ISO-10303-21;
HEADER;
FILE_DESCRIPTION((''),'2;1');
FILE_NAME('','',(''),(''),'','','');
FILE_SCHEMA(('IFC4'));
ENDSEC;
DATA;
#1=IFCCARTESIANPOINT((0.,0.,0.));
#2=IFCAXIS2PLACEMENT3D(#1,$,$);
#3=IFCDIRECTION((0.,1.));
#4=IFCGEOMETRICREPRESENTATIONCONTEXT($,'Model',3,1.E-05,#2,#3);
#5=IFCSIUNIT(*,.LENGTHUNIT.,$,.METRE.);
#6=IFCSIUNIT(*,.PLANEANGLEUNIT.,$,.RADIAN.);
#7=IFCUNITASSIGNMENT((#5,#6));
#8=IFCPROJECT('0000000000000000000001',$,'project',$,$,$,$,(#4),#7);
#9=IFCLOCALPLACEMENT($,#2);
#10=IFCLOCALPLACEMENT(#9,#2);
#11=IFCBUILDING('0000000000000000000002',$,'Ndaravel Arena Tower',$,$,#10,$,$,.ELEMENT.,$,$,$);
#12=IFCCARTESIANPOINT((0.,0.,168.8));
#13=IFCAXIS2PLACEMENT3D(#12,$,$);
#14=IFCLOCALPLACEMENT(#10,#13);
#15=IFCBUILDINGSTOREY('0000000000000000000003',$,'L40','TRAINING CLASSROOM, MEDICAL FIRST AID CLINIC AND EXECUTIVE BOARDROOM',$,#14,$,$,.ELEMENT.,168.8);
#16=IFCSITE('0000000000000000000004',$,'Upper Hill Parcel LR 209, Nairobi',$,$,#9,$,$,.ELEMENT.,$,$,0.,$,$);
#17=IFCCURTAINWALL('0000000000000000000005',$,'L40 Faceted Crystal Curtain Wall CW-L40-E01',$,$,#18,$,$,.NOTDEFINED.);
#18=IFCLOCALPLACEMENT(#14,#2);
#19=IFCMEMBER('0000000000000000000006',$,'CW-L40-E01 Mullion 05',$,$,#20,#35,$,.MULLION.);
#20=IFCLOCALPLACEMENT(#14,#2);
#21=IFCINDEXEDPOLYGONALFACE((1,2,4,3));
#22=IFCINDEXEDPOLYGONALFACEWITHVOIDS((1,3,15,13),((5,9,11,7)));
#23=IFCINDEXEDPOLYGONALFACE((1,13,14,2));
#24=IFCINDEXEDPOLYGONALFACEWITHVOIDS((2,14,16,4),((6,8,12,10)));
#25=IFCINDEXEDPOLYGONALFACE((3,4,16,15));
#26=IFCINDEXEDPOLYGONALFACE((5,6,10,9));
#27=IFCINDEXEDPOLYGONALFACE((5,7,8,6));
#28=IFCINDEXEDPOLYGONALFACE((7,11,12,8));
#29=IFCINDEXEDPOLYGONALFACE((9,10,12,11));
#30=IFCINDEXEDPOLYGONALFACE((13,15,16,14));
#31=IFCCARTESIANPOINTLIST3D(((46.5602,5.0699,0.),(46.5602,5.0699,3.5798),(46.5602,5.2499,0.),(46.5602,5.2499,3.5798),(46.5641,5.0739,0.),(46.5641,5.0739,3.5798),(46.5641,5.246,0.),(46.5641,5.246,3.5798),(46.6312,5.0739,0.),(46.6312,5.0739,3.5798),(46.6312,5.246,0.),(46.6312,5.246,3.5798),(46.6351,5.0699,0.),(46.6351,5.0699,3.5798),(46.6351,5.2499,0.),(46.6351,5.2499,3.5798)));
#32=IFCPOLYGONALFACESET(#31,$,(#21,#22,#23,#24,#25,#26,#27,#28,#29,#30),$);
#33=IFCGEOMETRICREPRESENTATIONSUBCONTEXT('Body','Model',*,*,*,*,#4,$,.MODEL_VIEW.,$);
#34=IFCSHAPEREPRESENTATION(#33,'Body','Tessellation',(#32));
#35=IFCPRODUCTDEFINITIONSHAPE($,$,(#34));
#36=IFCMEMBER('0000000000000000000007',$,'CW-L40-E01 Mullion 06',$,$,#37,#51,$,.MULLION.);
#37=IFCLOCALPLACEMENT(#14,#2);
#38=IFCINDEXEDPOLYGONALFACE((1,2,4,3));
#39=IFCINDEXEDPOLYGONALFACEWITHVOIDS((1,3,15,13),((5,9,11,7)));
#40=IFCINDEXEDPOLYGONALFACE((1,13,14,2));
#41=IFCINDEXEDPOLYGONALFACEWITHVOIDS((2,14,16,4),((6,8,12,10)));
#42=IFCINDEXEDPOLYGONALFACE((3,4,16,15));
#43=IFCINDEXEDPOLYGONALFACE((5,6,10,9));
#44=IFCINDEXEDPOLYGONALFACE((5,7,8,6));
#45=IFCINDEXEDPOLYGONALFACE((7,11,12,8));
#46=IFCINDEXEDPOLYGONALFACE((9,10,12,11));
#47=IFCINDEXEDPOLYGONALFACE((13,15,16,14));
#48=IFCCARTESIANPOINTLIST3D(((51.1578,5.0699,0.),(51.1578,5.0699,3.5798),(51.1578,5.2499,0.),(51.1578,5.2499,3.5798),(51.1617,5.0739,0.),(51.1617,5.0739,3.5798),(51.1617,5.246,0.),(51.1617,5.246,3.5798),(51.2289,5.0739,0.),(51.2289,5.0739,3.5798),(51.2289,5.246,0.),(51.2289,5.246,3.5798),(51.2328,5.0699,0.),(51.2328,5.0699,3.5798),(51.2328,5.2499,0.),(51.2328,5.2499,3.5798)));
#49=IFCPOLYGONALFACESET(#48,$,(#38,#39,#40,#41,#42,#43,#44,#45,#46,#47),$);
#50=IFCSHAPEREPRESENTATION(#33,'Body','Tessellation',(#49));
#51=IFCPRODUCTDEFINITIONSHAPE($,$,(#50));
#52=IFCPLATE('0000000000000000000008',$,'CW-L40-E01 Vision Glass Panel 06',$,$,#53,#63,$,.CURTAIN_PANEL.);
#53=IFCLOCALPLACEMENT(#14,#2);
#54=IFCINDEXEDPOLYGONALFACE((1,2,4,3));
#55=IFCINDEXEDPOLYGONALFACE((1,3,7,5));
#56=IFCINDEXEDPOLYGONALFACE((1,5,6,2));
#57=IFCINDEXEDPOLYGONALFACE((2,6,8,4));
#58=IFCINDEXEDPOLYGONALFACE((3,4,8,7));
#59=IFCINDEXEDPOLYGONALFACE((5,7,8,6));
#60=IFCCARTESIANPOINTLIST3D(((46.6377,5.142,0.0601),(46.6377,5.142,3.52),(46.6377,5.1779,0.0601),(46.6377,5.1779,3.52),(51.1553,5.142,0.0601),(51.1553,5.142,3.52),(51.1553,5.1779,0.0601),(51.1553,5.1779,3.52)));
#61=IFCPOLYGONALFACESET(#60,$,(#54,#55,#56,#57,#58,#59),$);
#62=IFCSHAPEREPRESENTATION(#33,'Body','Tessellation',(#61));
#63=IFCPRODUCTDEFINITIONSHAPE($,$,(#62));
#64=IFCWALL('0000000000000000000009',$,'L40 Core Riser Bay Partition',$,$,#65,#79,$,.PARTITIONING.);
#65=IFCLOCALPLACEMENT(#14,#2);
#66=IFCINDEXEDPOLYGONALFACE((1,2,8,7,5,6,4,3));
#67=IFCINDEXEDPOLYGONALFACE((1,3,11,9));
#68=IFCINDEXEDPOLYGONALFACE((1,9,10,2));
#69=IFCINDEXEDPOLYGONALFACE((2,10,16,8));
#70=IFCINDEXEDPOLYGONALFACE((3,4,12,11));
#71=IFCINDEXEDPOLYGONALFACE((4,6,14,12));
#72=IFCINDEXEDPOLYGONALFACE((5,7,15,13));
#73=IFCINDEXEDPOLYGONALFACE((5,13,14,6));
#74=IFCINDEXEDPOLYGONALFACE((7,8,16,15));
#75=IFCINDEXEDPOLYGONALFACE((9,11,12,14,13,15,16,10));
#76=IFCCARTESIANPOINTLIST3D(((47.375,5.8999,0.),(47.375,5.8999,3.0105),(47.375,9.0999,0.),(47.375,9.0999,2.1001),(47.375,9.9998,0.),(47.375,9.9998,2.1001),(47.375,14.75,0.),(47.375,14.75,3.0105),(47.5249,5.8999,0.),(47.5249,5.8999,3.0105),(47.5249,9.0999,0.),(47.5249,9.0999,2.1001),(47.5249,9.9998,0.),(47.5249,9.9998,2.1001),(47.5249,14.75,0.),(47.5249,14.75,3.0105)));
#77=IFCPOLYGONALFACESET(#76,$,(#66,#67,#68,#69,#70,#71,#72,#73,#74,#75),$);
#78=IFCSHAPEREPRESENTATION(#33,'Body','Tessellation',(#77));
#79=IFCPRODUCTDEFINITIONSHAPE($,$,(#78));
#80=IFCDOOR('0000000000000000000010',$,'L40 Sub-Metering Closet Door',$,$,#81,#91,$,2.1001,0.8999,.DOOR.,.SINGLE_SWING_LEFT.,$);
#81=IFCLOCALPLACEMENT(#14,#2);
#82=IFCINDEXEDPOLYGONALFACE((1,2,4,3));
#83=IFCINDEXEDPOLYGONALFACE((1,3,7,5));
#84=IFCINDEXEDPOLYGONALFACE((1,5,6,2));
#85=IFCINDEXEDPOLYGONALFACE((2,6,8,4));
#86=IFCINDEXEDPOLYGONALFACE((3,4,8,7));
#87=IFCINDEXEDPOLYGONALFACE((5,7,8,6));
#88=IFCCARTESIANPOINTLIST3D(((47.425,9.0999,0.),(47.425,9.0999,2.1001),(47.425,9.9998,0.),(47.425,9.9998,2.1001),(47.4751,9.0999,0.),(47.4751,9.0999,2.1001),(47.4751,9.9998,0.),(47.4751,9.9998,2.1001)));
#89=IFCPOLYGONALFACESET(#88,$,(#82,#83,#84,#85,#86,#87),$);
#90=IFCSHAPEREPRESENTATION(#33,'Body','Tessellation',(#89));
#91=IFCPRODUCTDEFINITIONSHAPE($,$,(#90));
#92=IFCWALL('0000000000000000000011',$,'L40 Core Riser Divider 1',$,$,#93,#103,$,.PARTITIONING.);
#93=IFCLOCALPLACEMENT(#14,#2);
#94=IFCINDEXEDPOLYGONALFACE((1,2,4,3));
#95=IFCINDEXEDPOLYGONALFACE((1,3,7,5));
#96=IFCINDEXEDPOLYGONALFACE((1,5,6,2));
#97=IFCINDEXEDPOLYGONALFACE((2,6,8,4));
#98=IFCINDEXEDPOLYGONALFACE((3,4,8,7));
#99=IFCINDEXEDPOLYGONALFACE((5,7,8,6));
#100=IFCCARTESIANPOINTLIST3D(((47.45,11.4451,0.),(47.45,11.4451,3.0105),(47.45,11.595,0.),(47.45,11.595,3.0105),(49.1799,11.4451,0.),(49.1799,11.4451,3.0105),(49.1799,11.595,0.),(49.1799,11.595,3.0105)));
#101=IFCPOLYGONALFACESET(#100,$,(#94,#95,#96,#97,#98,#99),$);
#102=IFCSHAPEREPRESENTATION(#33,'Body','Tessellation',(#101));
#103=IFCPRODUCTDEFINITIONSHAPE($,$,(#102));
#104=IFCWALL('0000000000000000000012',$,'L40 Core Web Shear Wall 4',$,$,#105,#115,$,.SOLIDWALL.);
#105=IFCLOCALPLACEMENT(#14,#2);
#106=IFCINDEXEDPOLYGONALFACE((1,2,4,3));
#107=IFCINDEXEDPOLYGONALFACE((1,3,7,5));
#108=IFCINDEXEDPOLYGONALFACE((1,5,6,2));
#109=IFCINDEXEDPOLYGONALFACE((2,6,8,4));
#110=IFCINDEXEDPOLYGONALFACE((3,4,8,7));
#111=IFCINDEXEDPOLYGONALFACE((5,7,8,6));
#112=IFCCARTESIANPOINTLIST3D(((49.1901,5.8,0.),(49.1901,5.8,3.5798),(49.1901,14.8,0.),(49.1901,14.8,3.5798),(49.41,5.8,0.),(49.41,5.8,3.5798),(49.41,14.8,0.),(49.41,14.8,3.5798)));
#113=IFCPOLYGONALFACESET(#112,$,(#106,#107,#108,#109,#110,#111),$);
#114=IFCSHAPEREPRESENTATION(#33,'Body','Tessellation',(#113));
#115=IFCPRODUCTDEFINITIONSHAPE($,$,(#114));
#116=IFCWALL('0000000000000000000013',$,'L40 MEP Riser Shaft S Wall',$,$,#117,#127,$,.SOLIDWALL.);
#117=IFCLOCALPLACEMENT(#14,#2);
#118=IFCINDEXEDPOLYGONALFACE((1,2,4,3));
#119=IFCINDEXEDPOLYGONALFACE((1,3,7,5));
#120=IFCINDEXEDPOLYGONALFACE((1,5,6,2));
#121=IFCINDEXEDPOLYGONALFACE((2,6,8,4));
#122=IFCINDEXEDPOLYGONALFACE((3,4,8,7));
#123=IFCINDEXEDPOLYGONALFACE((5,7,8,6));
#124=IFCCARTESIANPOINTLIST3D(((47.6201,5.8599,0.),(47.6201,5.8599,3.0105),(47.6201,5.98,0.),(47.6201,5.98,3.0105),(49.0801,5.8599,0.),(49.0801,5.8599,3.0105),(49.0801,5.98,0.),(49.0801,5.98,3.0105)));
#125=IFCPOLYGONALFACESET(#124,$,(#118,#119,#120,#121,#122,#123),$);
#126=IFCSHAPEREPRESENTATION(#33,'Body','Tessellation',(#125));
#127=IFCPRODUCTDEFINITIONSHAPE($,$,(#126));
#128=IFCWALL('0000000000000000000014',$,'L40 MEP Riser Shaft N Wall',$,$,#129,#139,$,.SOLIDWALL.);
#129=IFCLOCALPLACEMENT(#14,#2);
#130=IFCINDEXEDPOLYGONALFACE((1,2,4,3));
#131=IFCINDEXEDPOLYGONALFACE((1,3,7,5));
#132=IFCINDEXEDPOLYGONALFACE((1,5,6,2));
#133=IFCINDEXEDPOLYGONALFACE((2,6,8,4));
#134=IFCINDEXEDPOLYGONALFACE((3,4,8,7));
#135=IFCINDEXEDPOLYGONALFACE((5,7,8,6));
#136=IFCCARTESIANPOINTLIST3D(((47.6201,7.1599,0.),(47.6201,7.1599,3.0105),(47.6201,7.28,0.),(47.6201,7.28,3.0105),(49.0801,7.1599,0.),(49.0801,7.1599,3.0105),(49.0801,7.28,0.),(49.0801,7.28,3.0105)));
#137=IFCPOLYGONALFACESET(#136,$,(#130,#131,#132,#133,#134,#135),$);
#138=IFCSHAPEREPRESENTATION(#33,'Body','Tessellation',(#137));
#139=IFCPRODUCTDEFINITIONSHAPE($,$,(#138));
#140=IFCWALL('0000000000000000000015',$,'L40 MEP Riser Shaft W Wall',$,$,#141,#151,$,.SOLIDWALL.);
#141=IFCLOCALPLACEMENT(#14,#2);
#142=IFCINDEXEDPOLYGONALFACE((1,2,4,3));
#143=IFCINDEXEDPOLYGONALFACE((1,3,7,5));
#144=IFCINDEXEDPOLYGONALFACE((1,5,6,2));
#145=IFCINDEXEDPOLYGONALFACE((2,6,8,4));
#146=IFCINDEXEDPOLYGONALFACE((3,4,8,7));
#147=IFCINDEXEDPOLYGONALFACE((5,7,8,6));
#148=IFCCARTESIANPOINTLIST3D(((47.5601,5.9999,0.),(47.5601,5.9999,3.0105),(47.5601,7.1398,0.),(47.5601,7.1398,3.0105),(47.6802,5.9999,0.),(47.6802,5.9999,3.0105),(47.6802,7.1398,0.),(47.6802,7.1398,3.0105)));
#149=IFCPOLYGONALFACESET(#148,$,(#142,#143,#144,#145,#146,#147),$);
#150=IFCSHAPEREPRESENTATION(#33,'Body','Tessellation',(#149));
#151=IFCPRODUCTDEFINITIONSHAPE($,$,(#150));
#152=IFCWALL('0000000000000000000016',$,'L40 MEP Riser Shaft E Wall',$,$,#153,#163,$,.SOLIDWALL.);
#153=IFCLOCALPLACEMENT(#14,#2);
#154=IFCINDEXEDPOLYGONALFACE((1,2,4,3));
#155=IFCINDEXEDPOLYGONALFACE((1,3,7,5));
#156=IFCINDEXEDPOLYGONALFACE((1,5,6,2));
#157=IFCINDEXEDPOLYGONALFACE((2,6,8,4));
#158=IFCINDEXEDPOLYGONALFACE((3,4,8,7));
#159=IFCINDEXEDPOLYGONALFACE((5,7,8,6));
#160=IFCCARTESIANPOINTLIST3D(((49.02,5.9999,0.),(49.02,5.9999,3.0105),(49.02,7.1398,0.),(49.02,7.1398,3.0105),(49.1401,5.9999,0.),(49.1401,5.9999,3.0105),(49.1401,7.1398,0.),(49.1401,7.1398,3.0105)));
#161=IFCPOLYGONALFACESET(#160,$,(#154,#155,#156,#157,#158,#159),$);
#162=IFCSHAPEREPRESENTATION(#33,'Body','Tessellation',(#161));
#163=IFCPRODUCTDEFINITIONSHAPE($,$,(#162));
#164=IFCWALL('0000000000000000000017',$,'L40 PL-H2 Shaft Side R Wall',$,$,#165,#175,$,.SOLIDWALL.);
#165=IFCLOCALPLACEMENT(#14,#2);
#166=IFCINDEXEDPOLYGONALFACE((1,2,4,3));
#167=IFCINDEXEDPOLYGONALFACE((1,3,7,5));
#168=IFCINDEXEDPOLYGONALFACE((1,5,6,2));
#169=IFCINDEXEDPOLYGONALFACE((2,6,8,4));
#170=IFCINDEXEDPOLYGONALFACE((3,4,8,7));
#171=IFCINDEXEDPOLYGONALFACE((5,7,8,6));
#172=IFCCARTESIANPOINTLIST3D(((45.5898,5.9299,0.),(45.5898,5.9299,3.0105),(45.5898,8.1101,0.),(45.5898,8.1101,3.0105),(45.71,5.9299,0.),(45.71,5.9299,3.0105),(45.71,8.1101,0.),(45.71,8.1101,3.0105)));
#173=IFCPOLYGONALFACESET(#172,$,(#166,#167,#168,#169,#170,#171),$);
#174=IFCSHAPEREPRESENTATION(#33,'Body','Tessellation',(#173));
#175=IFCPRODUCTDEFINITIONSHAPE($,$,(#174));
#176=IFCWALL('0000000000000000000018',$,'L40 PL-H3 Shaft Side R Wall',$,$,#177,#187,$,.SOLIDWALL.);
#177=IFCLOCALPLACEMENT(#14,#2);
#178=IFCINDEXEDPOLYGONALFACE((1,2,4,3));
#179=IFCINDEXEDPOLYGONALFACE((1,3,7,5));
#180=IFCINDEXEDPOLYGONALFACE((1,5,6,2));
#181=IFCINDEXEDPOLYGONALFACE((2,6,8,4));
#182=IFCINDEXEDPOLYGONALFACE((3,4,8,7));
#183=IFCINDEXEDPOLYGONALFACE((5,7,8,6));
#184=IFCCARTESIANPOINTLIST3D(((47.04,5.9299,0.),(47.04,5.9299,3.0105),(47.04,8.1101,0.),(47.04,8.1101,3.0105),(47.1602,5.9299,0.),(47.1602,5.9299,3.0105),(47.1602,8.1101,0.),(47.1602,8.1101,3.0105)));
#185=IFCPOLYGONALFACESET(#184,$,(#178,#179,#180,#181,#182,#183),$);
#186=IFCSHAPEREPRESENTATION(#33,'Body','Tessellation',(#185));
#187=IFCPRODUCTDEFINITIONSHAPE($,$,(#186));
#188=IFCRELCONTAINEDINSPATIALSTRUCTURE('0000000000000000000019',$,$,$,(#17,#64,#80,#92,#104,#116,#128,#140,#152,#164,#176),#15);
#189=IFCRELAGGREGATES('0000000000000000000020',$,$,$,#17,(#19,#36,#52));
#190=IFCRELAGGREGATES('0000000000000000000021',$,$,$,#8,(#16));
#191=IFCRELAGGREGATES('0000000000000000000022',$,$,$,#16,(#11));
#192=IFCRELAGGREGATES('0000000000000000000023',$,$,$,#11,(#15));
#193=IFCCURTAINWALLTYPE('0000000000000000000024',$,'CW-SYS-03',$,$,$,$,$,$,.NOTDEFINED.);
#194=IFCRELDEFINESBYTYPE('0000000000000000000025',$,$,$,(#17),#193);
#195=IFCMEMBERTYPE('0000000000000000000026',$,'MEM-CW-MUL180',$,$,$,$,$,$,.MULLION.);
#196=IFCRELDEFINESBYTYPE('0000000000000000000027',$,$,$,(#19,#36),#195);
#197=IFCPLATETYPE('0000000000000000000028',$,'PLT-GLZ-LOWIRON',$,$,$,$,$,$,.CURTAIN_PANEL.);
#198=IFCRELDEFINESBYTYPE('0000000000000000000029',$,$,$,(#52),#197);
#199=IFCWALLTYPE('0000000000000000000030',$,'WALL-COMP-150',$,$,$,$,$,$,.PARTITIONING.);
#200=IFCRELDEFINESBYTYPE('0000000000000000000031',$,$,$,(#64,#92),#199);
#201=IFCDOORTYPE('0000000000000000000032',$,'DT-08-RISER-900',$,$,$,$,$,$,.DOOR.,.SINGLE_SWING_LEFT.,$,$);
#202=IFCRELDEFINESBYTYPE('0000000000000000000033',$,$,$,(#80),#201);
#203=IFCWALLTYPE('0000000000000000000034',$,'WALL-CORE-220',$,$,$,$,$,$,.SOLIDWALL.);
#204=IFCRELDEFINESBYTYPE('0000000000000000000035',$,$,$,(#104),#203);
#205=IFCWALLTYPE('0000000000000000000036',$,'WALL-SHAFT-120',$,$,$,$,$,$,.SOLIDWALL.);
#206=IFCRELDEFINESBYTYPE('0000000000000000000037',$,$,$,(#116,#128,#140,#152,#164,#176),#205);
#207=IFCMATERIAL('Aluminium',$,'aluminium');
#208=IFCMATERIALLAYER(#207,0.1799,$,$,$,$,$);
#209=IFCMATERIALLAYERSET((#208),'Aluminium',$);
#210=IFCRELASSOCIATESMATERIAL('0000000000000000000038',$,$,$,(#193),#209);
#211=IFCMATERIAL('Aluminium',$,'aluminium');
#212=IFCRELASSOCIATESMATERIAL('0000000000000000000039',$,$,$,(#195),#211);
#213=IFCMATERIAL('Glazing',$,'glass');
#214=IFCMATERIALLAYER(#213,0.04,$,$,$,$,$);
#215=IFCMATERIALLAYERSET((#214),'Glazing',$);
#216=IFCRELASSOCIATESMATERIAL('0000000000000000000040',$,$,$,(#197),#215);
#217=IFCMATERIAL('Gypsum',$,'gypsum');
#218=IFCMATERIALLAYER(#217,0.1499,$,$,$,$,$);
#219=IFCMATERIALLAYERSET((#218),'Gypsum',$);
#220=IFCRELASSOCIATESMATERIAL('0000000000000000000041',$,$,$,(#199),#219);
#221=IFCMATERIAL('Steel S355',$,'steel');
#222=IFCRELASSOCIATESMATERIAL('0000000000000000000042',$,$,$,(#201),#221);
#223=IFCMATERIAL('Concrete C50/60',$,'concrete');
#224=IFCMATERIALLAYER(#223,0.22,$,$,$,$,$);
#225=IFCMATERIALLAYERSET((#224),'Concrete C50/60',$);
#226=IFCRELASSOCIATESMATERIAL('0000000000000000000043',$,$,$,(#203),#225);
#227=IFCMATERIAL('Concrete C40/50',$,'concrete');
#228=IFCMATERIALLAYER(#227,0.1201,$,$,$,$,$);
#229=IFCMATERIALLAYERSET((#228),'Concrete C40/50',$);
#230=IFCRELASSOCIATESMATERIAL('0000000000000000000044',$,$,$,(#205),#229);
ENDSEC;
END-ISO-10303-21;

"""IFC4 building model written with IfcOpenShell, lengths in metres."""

from ifc_helpers import new_model, si_unit, direction, frame, frame_2d, origin, origin_2d, place, context, subcontext, project, spatial, rectangle, hollow_rectangle, extrude, material, layer, layer_set, material_profile, profile_set, type_object, element, fill, aggregate, save


model = new_model("IFC4")

# Units and contexts
model_context = context("Model", 3, precision=1e-05, world=origin(), true_north=direction((0.0, 1.0)))
body_context = subcontext(model_context, "Body", "Model", "MODEL_VIEW")
ifc_project = project(units=[si_unit("LENGTHUNIT", "METRE"), si_unit("PLANEANGLEUNIT", "RADIAN")], contexts=[model_context])

# Site, building, storey
site_placement = place(None, origin())
site = spatial("IfcSite", under=ifc_project, at=site_placement, Name="Upper Hill Parcel LR 209, Nairobi", CompositionType="ELEMENT", RefElevation=0.0)
building_placement = place(site_placement, origin())
building = spatial("IfcBuilding", under=site, at=building_placement, Name="Ndaravel Arena Tower", CompositionType="ELEMENT")
storey_placement = place(building_placement, frame((0.0, 0.0, 168.8)))
storey = spatial("IfcBuildingStorey", under=building, at=storey_placement, Name="L40", Description="TRAINING CLASSROOM, MEDICAL FIRST AID CLINIC AND EXECUTIVE BOARDROOM", CompositionType="ELEMENT", Elevation=168.8)

# Curtain wall, members, plate
ifc_material_1 = material(Name="Aluminium", Category="aluminium")
ifc_layer_1 = layer(ifc_material_1, 0.1799)
ifc_layer_set_1 = layer_set([ifc_layer_1], Name="Aluminium")
curtain_wall_type = type_object("IfcCurtainWallType", Name="CW-SYS-03", PredefinedType="NOTDEFINED", material=ifc_layer_set_1)
curtain_wall_placement = place(storey_placement, origin())
curtain_wall = element("IfcCurtainWall", 1, at=curtain_wall_placement, inside=storey, type_object=curtain_wall_type, Name="L40 Faceted Crystal Curtain Wall CW-L40-E01", PredefinedType="NOTDEFINED")
ifc_material_2 = material(Name="Aluminium", Category="aluminium")
ifc_material_profile = material_profile(ifc_material_2, hollow_rectangle(XDim=0.075, YDim=0.1799, WallThickness=0.0039, at=origin_2d()), Name="CW MULLION 75x180x4")
ifc_profile_set = profile_set([ifc_material_profile], Name="Aluminium")
member_type = type_object("IfcMemberType", Name="MEM-CW-MUL180", PredefinedType="MULLION", material=ifc_profile_set)
member_1_placement = place(storey_placement, frame((46.5977, 5.1599, 0.0), z_axis=(0.0, 0.0, 1.0), x_axis=(1.0, 0.0, 0.0)))
member_1 = element("IfcMember", 2, at=member_1_placement, type_object=member_type, Name="CW-L40-E01 Mullion 05", PredefinedType="MULLION", context=body_context, shape_type="SweptSolid", body=[
    extrude(hollow_rectangle(XDim=0.075, YDim=0.1799, WallThickness=0.0039, at=origin_2d()), origin(), (0.0, 0.0, 1.0), 3.5798),
])
member_2_placement = place(storey_placement, frame((51.1953, 5.1599, 0.0), z_axis=(0.0, 0.0, 1.0), x_axis=(1.0, 0.0, 0.0)))
member_2 = element("IfcMember", 3, at=member_2_placement, type_object=member_type, Name="CW-L40-E01 Mullion 06", PredefinedType="MULLION", context=body_context, shape_type="SweptSolid", body=[
    extrude(hollow_rectangle(XDim=0.075, YDim=0.1799, WallThickness=0.0039, at=origin_2d()), origin(), (0.0, 0.0, 1.0), 3.5798),
])
ifc_material_3 = material(Name="Glazing", Category="glass")
ifc_layer_2 = layer(ifc_material_3, 0.04)
ifc_layer_set_2 = layer_set([ifc_layer_2], Name="Glazing")
plate_type = type_object("IfcPlateType", Name="PLT-GLZ-LOWIRON", PredefinedType="CURTAIN_PANEL", material=ifc_layer_set_2)
plate_placement = place(storey_placement, frame((48.8965, 5.1599, 0.0601), z_axis=(0.0, 0.0, 1.0), x_axis=(1.0, 0.0, 0.0)))
plate = element("IfcPlate", 4, at=plate_placement, type_object=plate_type, Name="CW-L40-E01 Vision Glass Panel 06", PredefinedType="CURTAIN_PANEL", context=body_context, shape_type="SweptSolid", body=[
    extrude(rectangle(XDim=4.5176, YDim=0.0359, at=origin_2d()), origin(), (0.0, 0.0, 1.0), 3.46),
])
aggregate(curtain_wall, [member_1, member_2, plate])

# Wall, opening, door
ifc_material_4 = material(Name="Gypsum", Category="gypsum")
ifc_layer_3 = layer(ifc_material_4, 0.1499)
ifc_layer_set_3 = layer_set([ifc_layer_3], Name="Gypsum")
wall_type_1 = type_object("IfcWallType", Name="WALL-COMP-150", PredefinedType="PARTITIONING", material=ifc_layer_set_3)
wall_1_placement = place(storey_placement, frame((47.45, 5.8999, 0.0), z_axis=(0.0, 0.0, 1.0), x_axis=(0.0, 1.0, 0.0)))
wall_1 = element("IfcWall", 5, at=wall_1_placement, inside=storey, type_object=wall_type_1, Name="L40 Core Riser Bay Partition", PredefinedType="PARTITIONING", context=body_context, shape_type="SweptSolid", body=[
    extrude(rectangle(XDim=8.8501, YDim=0.1499, at=frame_2d((4.425, 0.0))), origin(), (0.0, 0.0, 1.0), 3.0105),
])
opening_1_placement = place(wall_1_placement, frame((3.2, 0.0, 0.0)))
opening_1 = element("IfcOpeningElement", 6, at=opening_1_placement, cuts=wall_1, PredefinedType="OPENING", context=body_context, shape_type="SweptSolid", body=[
    extrude(rectangle(XDim=0.8999, YDim=2.1001, at=frame_2d((0.45, 1.05))), frame((0.0, 0.075, 0.0), z_axis=(0.0, -1.0, 0.0), x_axis=(1.0, 0.0, 0.0)), (0.0, 0.0, 1.0), 0.1499),
])
ifc_material_5 = material(Name="Steel S355", Category="steel")
door_type_1 = type_object("IfcDoorType", Name="DT-08-RISER-900", OperationType="SINGLE_SWING_LEFT", PredefinedType="DOOR", material=ifc_material_5)
door_1_placement = place(opening_1_placement, origin())
door_1 = element("IfcDoor", 7, at=door_1_placement, inside=storey, type_object=door_type_1, Name="L40 Sub-Metering Closet Door", OperationType="SINGLE_SWING_LEFT", OverallHeight=2.1001, OverallWidth=0.8999, PredefinedType="DOOR", context=body_context, shape_type="SweptSolid", body=[
    extrude(rectangle(XDim=0.8999, YDim=2.1001, at=frame_2d((0.45, 1.05))), frame((0.0, 0.0249, 0.0), z_axis=(0.0, -1.0, 0.0), x_axis=(1.0, 0.0, 0.0)), (0.0, 0.0, 1.0), 0.05),
])
fill(opening_1, door_1)

# Walls
wall_2_placement = place(storey_placement, frame((47.45, 11.52, 0.0), z_axis=(0.0, 0.0, 1.0), x_axis=(1.0, 0.0, 0.0)))
element("IfcWall", 8, at=wall_2_placement, inside=storey, type_object=wall_type_1, Name="L40 Core Riser Divider 1", PredefinedType="PARTITIONING", context=body_context, shape_type="SweptSolid", body=[
    extrude(rectangle(XDim=1.73, YDim=0.1499, at=frame_2d((0.865, 0.0))), origin(), (0.0, 0.0, 1.0), 3.0105),
])
ifc_material_6 = material(Name="Concrete C50/60", Category="concrete")
ifc_layer_4 = layer(ifc_material_6, 0.22)
ifc_layer_set_4 = layer_set([ifc_layer_4], Name="Concrete C50/60")
wall_type_2 = type_object("IfcWallType", Name="WALL-CORE-220", PredefinedType="SOLIDWALL", material=ifc_layer_set_4)
wall_3_placement = place(storey_placement, frame((49.3, 5.8, 0.0), z_axis=(0.0, 0.0, 1.0), x_axis=(0.0, 1.0, 0.0)))
element("IfcWall", 9, at=wall_3_placement, inside=storey, type_object=wall_type_2, Name="L40 Core Web Shear Wall 4", PredefinedType="SOLIDWALL", context=body_context, shape_type="SweptSolid", body=[
    extrude(rectangle(XDim=9.0, YDim=0.22, at=frame_2d((4.5, 0.0))), origin(), (0.0, 0.0, 1.0), 3.5798),
])
ifc_material_7 = material(Name="Concrete C40/50", Category="concrete")
ifc_layer_5 = layer(ifc_material_7, 0.1201)
ifc_layer_set_5 = layer_set([ifc_layer_5], Name="Concrete C40/50")
wall_type_3 = type_object("IfcWallType", Name="WALL-SHAFT-120", PredefinedType="SOLIDWALL", material=ifc_layer_set_5)
for number, where, z_axis, x_axis, name in (
    (10, (47.6201, 5.9199, 0.0), (0.0, 0.0, 1.0), (1.0, 0.0, 0.0), "L40 MEP Riser Shaft S Wall"),
    (11, (47.6201, 7.22, 0.0), (0.0, 0.0, 1.0), (1.0, 0.0, 0.0), "L40 MEP Riser Shaft N Wall"),
):
    element("IfcWall", number, at=place(storey_placement, frame(where, z_axis=z_axis, x_axis=x_axis)), inside=storey, type_object=wall_type_3, Name=name, PredefinedType="SOLIDWALL", context=body_context, shape_type="SweptSolid", body=[
        extrude(rectangle(XDim=1.46, YDim=0.1201, at=frame_2d((0.73, 0.0))), origin(), (0.0, 0.0, 1.0), 3.0105),
    ])
for number, where, z_axis, x_axis, name in (
    (12, (47.6201, 6.0, 0.0), (0.0, 0.0, 1.0), (0.0, 1.0, 0.0), "L40 MEP Riser Shaft W Wall"),
    (13, (49.0801, 6.0, 0.0), (0.0, 0.0, 1.0), (0.0, 1.0, 0.0), "L40 MEP Riser Shaft E Wall"),
):
    element("IfcWall", number, at=place(storey_placement, frame(where, z_axis=z_axis, x_axis=x_axis)), inside=storey, type_object=wall_type_3, Name=name, PredefinedType="SOLIDWALL", context=body_context, shape_type="SweptSolid", body=[
        extrude(rectangle(XDim=1.1399, YDim=0.1201, at=frame_2d((0.5698, 0.0))), origin(), (0.0, 0.0, 1.0), 3.0105),
    ])
for number, where, z_axis, x_axis, name in (
    (14, (45.6499, 5.9299, 0.0), (0.0, 0.0, 1.0), (0.0, 1.0, 0.0), "L40 PL-H2 Shaft Side R Wall"),
    (15, (47.1001, 5.9299, 0.0), (0.0, 0.0, 1.0), (0.0, 1.0, 0.0), "L40 PL-H3 Shaft Side R Wall"),
):
    element("IfcWall", number, at=place(storey_placement, frame(where, z_axis=z_axis, x_axis=x_axis)), inside=storey, type_object=wall_type_3, Name=name, PredefinedType="SOLIDWALL", context=body_context, shape_type="SweptSolid", body=[
        extrude(rectangle(XDim=2.1802, YDim=0.1201, at=frame_2d((1.0901, 0.0))), origin(), (0.0, 0.0, 1.0), 3.0105),
    ])

save(model, "model.ifc")
